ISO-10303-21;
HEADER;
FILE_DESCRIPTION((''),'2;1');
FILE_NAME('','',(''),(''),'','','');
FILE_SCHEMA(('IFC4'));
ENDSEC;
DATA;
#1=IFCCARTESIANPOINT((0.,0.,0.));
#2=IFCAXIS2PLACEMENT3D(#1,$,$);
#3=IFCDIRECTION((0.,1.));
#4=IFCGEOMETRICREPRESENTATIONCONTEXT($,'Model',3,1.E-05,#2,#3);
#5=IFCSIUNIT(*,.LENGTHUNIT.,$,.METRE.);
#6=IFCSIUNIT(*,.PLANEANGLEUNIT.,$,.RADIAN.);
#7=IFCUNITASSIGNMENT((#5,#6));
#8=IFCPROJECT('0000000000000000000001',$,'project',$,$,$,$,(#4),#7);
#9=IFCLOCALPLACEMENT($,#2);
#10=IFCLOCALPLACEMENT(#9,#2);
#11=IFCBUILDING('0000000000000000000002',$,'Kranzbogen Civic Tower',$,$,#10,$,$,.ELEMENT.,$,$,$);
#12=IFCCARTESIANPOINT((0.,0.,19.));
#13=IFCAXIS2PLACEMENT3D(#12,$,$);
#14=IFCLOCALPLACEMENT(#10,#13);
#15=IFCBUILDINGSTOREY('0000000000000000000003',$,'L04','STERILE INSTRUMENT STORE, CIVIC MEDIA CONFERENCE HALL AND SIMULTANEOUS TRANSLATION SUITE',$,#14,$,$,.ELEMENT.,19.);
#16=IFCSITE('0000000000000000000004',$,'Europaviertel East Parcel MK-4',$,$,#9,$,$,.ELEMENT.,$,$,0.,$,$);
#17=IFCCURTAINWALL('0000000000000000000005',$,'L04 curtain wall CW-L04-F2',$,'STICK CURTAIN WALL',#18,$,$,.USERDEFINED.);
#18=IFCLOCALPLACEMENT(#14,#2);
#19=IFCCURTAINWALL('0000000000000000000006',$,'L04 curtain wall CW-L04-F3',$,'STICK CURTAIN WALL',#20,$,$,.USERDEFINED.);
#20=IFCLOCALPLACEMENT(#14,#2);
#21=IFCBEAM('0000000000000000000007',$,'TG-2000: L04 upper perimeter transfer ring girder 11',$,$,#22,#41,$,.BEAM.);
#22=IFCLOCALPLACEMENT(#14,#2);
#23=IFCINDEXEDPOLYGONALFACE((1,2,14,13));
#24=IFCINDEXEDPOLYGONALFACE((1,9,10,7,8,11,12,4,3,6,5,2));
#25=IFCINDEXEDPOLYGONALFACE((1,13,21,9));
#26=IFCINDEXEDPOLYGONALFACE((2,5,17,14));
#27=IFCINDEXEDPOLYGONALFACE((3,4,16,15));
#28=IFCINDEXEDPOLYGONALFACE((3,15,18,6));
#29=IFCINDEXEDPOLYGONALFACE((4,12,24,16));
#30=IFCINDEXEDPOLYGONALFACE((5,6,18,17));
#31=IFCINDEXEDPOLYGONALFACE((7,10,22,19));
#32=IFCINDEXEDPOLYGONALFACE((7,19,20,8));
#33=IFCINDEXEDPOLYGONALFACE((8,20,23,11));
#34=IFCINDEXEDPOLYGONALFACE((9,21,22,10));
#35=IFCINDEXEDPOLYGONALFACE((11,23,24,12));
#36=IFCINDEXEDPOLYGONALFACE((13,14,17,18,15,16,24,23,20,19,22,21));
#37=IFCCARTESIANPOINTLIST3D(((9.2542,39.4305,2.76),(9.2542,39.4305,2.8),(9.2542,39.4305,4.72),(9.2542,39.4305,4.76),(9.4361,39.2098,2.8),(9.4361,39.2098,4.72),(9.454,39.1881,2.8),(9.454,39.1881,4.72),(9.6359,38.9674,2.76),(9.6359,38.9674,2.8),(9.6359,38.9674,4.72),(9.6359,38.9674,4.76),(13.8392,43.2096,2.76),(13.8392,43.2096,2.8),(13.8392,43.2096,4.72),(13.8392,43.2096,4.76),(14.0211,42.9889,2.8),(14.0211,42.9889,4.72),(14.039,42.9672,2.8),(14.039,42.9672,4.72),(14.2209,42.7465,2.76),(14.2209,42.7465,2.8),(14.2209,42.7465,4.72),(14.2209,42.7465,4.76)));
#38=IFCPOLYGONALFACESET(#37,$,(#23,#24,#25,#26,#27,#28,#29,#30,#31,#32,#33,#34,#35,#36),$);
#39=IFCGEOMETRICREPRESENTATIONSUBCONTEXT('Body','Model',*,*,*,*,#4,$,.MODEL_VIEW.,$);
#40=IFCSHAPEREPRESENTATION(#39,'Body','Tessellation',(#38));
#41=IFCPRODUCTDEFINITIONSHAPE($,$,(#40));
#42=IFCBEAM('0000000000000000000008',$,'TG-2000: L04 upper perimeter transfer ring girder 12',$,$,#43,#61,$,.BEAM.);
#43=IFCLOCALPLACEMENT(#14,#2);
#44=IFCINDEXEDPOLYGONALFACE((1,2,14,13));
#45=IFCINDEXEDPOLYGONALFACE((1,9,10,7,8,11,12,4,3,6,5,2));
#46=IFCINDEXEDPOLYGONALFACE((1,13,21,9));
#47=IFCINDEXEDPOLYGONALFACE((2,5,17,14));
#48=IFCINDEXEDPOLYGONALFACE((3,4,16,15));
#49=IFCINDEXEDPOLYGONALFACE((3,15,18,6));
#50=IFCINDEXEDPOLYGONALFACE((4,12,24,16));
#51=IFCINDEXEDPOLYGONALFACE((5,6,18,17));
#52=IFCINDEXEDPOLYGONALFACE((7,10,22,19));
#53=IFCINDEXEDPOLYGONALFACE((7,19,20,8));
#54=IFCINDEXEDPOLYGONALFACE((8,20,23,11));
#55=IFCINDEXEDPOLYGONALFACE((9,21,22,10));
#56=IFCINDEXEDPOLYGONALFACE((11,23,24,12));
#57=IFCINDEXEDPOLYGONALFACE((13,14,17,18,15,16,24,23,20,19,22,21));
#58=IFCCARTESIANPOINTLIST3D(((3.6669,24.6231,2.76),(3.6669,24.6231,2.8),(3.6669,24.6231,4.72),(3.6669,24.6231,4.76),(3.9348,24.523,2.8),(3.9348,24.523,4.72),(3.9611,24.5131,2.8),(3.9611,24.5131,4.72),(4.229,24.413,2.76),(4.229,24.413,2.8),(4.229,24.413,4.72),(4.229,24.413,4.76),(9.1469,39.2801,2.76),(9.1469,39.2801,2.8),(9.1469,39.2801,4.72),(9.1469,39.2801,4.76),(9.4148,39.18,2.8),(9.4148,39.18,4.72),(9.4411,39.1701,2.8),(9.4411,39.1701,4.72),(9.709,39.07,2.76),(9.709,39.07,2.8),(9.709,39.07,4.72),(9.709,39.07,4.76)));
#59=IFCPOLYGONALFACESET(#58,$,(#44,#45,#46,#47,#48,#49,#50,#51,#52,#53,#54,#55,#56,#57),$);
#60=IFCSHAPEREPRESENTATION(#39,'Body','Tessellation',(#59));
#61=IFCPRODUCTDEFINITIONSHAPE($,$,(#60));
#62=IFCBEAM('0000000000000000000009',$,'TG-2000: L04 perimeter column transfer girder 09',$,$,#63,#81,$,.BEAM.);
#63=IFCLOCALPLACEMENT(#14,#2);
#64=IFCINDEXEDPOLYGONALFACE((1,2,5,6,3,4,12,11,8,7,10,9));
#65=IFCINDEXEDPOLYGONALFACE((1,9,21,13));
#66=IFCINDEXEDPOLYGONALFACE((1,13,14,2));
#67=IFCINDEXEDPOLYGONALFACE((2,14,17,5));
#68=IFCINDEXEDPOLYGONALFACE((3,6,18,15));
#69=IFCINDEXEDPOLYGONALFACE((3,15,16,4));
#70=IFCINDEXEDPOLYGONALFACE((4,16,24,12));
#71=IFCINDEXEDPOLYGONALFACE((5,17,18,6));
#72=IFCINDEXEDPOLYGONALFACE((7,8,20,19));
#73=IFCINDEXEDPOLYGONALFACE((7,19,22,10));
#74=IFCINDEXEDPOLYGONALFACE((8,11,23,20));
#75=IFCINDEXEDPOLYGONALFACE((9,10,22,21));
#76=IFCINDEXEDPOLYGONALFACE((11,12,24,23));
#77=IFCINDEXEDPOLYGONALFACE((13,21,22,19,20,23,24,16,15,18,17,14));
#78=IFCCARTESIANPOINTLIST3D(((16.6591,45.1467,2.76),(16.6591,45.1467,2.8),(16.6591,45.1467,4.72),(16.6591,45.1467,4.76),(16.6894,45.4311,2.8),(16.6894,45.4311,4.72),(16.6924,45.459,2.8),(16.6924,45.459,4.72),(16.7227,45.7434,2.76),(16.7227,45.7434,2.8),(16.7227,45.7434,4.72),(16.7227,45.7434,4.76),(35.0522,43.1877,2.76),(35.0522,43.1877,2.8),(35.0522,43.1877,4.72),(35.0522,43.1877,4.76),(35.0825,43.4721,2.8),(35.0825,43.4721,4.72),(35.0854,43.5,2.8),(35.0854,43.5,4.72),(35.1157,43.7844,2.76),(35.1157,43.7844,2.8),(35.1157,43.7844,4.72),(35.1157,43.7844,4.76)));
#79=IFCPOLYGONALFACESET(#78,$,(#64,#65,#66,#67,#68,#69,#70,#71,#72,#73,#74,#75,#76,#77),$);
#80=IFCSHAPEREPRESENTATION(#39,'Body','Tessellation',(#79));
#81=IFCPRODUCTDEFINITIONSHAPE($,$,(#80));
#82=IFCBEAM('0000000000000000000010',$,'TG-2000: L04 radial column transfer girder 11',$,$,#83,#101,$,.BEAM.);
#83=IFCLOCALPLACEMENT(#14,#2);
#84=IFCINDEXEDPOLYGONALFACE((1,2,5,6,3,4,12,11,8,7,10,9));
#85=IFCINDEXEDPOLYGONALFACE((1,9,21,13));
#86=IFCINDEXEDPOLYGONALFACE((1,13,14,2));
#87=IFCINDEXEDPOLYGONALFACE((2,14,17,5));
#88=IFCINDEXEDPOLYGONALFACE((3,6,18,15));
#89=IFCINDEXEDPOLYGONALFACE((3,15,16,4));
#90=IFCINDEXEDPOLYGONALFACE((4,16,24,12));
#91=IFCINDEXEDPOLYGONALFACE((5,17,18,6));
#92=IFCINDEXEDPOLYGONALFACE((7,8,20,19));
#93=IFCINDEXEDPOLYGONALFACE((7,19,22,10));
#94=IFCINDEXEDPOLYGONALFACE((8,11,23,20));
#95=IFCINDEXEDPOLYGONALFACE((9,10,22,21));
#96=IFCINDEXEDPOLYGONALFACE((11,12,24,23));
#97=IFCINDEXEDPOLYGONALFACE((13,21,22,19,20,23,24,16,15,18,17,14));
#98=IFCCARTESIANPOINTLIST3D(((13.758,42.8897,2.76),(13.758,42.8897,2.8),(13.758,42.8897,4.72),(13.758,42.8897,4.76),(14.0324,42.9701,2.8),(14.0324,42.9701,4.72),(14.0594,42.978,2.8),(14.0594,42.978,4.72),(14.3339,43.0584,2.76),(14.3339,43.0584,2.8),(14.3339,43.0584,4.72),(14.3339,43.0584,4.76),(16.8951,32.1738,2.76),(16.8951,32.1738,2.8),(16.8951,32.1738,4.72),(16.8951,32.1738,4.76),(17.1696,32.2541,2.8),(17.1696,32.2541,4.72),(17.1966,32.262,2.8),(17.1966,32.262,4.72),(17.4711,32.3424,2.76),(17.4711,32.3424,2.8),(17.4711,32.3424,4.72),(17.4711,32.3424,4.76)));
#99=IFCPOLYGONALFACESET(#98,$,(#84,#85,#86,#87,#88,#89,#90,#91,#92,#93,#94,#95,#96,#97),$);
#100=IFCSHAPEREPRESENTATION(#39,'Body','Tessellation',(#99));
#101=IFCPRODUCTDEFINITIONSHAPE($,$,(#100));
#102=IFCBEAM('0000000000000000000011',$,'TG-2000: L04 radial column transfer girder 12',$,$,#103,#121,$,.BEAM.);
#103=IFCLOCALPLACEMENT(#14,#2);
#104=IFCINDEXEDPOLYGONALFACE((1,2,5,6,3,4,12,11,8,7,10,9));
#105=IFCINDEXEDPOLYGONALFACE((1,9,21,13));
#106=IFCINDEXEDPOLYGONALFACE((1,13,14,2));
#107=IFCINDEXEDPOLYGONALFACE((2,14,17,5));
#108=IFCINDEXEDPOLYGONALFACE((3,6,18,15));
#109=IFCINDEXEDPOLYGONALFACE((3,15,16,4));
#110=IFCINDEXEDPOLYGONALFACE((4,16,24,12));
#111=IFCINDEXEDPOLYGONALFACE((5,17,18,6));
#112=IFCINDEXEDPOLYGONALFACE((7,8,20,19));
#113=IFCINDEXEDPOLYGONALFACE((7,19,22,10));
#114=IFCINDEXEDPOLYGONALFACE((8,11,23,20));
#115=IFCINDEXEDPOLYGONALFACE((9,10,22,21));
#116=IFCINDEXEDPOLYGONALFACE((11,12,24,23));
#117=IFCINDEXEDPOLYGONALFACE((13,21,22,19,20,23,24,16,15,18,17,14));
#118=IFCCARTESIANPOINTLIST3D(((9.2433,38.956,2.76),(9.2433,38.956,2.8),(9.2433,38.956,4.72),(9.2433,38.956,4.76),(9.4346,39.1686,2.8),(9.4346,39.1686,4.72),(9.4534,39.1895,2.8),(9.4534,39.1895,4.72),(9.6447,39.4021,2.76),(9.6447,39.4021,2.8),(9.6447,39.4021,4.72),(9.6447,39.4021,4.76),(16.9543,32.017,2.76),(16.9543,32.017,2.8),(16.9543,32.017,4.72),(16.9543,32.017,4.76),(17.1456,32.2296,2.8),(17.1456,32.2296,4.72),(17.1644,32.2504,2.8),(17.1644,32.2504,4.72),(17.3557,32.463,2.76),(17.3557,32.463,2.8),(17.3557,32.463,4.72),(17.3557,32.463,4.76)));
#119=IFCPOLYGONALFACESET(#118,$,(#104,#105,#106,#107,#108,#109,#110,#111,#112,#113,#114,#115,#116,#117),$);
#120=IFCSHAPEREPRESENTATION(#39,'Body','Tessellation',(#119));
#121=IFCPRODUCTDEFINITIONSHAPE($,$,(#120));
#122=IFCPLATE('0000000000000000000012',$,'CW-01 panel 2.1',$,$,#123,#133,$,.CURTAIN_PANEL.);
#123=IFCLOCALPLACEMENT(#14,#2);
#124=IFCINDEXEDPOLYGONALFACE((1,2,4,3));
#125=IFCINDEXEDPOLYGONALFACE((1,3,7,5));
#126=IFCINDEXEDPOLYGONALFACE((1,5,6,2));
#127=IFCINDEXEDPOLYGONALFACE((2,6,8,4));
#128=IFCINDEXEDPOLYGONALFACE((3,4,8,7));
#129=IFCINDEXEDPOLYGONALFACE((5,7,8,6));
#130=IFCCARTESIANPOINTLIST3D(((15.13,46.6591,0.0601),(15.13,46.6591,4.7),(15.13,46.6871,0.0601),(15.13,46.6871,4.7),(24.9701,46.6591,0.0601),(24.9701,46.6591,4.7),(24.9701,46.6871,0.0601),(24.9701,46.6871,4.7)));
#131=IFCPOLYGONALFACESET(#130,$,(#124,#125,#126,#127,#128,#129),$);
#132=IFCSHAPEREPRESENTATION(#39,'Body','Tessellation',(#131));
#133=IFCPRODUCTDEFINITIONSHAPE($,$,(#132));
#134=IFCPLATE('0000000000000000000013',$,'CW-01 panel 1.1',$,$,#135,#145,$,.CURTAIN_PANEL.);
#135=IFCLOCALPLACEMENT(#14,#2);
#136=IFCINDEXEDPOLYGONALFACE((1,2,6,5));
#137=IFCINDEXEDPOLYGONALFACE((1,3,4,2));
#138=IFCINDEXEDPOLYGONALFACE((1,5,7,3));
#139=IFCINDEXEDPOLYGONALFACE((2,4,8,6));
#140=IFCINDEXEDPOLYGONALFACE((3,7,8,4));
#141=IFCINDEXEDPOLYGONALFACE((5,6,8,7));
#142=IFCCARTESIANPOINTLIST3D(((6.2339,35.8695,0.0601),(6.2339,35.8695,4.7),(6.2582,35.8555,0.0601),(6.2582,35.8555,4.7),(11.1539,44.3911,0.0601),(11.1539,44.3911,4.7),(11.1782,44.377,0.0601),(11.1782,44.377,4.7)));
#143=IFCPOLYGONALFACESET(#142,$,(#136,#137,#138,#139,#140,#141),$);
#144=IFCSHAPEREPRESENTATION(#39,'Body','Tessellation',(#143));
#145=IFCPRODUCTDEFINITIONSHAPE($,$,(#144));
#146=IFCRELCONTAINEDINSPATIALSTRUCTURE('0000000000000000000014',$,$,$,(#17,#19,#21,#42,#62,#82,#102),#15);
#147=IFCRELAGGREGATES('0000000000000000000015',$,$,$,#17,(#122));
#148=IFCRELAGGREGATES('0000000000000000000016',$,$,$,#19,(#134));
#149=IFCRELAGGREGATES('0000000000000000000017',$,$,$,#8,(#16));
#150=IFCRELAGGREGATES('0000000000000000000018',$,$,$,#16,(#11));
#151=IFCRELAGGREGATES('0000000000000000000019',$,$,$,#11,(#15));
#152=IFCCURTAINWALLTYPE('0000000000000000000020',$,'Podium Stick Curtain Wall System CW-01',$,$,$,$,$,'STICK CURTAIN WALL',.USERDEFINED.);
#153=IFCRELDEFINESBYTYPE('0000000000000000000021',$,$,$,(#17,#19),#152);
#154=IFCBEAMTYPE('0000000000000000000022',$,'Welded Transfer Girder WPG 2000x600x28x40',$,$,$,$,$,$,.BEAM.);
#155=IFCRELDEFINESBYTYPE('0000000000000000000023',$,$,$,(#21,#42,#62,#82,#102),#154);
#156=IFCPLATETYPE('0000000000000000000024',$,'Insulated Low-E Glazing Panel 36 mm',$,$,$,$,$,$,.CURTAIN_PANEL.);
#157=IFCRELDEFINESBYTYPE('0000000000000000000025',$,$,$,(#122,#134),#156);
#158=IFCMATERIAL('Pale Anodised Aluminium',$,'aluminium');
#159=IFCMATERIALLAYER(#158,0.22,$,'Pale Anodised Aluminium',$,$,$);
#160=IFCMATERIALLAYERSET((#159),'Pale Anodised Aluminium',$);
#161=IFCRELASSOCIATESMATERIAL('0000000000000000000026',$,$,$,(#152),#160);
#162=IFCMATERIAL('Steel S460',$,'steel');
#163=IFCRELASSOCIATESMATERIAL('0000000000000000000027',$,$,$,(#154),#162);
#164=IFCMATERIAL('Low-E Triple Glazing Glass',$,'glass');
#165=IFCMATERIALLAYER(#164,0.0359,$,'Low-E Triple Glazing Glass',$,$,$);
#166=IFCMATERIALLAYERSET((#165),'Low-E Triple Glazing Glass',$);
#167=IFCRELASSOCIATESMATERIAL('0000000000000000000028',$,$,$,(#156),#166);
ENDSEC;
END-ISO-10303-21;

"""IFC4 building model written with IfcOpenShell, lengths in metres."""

from ifc_helpers import new_model, si_unit, direction, frame, origin, origin_2d, place, context, subcontext, project, spatial, rectangle, i_section, extrude, material, layer, layer_set, material_profile, profile_set, type_object, element, aggregate, save


model = new_model("IFC4")

# Units and contexts
model_context = context("Model", 3, precision=1e-05, world=origin(), true_north=direction((0.0, 1.0)))
body_context = subcontext(model_context, "Body", "Model", "MODEL_VIEW")
ifc_project = project(units=[si_unit("LENGTHUNIT", "METRE"), si_unit("PLANEANGLEUNIT", "RADIAN")], contexts=[model_context])

# Site, building, storey
site_placement = place(None, origin())
site = spatial("IfcSite", under=ifc_project, at=site_placement, Name="Europaviertel East Parcel MK-4", CompositionType="ELEMENT", RefElevation=0.0)
building_placement = place(site_placement, origin())
building = spatial("IfcBuilding", under=site, at=building_placement, Name="Kranzbogen Civic Tower", CompositionType="ELEMENT")
storey_placement = place(building_placement, frame((0.0, 0.0, 19.0)))
storey = spatial("IfcBuildingStorey", under=building, at=storey_placement, Name="L04", Description="STERILE INSTRUMENT STORE, CIVIC MEDIA CONFERENCE HALL AND SIMULTANEOUS TRANSLATION SUITE", CompositionType="ELEMENT", Elevation=19.0)

# Shared definitions
ifc_material_1 = material(Name="Steel S460", Category="steel")

# Curtain wall
ifc_material_2 = material(Name="Pale Anodised Aluminium", Category="aluminium")
ifc_layer_1 = layer(ifc_material_2, 0.22, Name="Pale Anodised Aluminium")
ifc_layer_set_1 = layer_set([ifc_layer_1], Name="Pale Anodised Aluminium")
curtain_wall_type = type_object("IfcCurtainWallType", Name="Podium Stick Curtain Wall System CW-01", ElementType="STICK CURTAIN WALL", PredefinedType="USERDEFINED", material=ifc_layer_set_1)
curtain_wall_1_placement = place(storey_placement, origin())
curtain_wall_1 = element("IfcCurtainWall", 1, at=curtain_wall_1_placement, inside=storey, type_object=curtain_wall_type, Name="L04 curtain wall CW-L04-F2", ObjectType="STICK CURTAIN WALL", PredefinedType="USERDEFINED")

# Curtain wall
curtain_wall_2_placement = place(storey_placement, origin())
curtain_wall_2 = element("IfcCurtainWall", 2, at=curtain_wall_2_placement, inside=storey, type_object=curtain_wall_type, Name="L04 curtain wall CW-L04-F3", ObjectType="STICK CURTAIN WALL", PredefinedType="USERDEFINED")

# Beams
ifc_material_profile_1 = material_profile(ifc_material_1, i_section(OverallWidth=0.6001, OverallDepth=2.0, WebThickness=0.0281, FlangeThickness=0.04, at=origin_2d()), Name="WPG 2000x600x28x40")
ifc_profile_set_1 = profile_set([ifc_material_profile_1], Name="Steel S460")
beam_type = type_object("IfcBeamType", Name="Welded Transfer Girder WPG 2000x600x28x40", PredefinedType="BEAM", material=ifc_profile_set_1)
beam_1_placement = place(storey_placement, frame((14.03, 42.978, 3.76), z_axis=(-0.771666, -0.636028, 0.0), x_axis=(0.636028, -0.771666, 0.0)))
element("IfcBeam", 3, at=beam_1_placement, inside=storey, type_object=beam_type, Name="TG-2000: L04 upper perimeter transfer ring girder 11", PredefinedType="BEAM", context=body_context, shape_type="SweptSolid", body=[
    extrude(i_section(OverallWidth=0.6001, OverallDepth=2.0, WebThickness=0.0281, FlangeThickness=0.04, at=origin_2d()), origin(), (0.0, 0.0, 1.0), 5.9417),
])
beam_2_placement = place(storey_placement, frame((9.428, 39.175, 3.76), z_axis=(-0.350205, -0.936673, 0.0), x_axis=(0.936673, -0.350205, 0.0)))
element("IfcBeam", 4, at=beam_2_placement, inside=storey, type_object=beam_type, Name="TG-2000: L04 upper perimeter transfer ring girder 12", PredefinedType="BEAM", context=body_context, shape_type="SweptSolid", body=[
    extrude(i_section(OverallWidth=0.6001, OverallDepth=2.0, WebThickness=0.0281, FlangeThickness=0.04, at=origin_2d()), origin(), (0.0, 0.0, 1.0), 15.6479),
])
beam_3_placement = place(storey_placement, frame((16.6909, 45.4451, 3.76), z_axis=(0.994376, -0.105908, 0.0), x_axis=(0.105908, 0.994376, 0.0)))
element("IfcBeam", 5, at=beam_3_placement, inside=storey, type_object=beam_type, Name="TG-2000: L04 perimeter column transfer girder 09", PredefinedType="BEAM", context=body_context, shape_type="SweptSolid", body=[
    extrude(i_section(OverallWidth=0.6001, OverallDepth=2.0, WebThickness=0.0281, FlangeThickness=0.04, at=origin_2d()), origin(), (0.0, 0.0, 1.0), 18.4971),
])
beam_4_placement = place(storey_placement, frame((17.1831, 32.2581, 3.76), z_axis=(-0.280965, 0.959718, 0.0), x_axis=(-0.959718, -0.280965, 0.0)))
element("IfcBeam", 6, at=beam_4_placement, inside=storey, type_object=beam_type, Name="TG-2000: L04 radial column transfer girder 11", PredefinedType="BEAM", context=body_context, shape_type="SweptSolid", body=[
    extrude(i_section(OverallWidth=0.6001, OverallDepth=2.0, WebThickness=0.0281, FlangeThickness=0.04, at=origin_2d()), origin(), (0.0, 0.0, 1.0), 11.1658),
])
beam_5_placement = place(storey_placement, frame((17.155, 32.24, 3.76), z_axis=(-0.743336, 0.668918, 0.0), x_axis=(-0.668918, -0.743336, 0.0)))
element("IfcBeam", 7, at=beam_5_placement, inside=storey, type_object=beam_type, Name="TG-2000: L04 radial column transfer girder 12", PredefinedType="BEAM", context=body_context, shape_type="SweptSolid", body=[
    extrude(i_section(OverallWidth=0.6001, OverallDepth=2.0, WebThickness=0.0281, FlangeThickness=0.04, at=origin_2d()), origin(), (0.0, 0.0, 1.0), 10.3735),
])

# Plates
ifc_material_3 = material(Name="Low-E Triple Glazing Glass", Category="glass")
ifc_layer_2 = layer(ifc_material_3, 0.0359, Name="Low-E Triple Glazing Glass")
ifc_layer_set_2 = layer_set([ifc_layer_2], Name="Low-E Triple Glazing Glass")
plate_type = type_object("IfcPlateType", Name="Insulated Low-E Glazing Panel 36 mm", PredefinedType="CURTAIN_PANEL", material=ifc_layer_set_2)
plate_1_placement = place(storey_placement, frame((20.05, 46.6731, 0.0601), z_axis=(0.0, 0.0, 1.0), x_axis=(-1.0, 0.0, 0.0)))
plate_1 = element("IfcPlate", 8, at=plate_1_placement, type_object=plate_type, Name="CW-01 panel 2.1", PredefinedType="CURTAIN_PANEL", context=body_context, shape_type="SweptSolid", body=[
    extrude(rectangle(XDim=9.8401, YDim=0.0281, at=origin_2d()), origin(), (0.0, 0.0, 1.0), 4.6399),
])
aggregate(curtain_wall_1, [plate_1])
plate_2_placement = place(storey_placement, frame((8.7061, 40.1233, 0.0601), z_axis=(0.0, 0.0, 1.0), x_axis=(-0.500006, -0.866022, 0.0)))
plate_2 = element("IfcPlate", 9, at=plate_2_placement, type_object=plate_type, Name="CW-01 panel 1.1", PredefinedType="CURTAIN_PANEL", context=body_context, shape_type="SweptSolid", body=[
    extrude(rectangle(XDim=9.8398, YDim=0.0281, at=origin_2d()), origin(), (0.0, 0.0, 1.0), 4.6399),
])
aggregate(curtain_wall_2, [plate_2])

save(model, "model.ifc")
